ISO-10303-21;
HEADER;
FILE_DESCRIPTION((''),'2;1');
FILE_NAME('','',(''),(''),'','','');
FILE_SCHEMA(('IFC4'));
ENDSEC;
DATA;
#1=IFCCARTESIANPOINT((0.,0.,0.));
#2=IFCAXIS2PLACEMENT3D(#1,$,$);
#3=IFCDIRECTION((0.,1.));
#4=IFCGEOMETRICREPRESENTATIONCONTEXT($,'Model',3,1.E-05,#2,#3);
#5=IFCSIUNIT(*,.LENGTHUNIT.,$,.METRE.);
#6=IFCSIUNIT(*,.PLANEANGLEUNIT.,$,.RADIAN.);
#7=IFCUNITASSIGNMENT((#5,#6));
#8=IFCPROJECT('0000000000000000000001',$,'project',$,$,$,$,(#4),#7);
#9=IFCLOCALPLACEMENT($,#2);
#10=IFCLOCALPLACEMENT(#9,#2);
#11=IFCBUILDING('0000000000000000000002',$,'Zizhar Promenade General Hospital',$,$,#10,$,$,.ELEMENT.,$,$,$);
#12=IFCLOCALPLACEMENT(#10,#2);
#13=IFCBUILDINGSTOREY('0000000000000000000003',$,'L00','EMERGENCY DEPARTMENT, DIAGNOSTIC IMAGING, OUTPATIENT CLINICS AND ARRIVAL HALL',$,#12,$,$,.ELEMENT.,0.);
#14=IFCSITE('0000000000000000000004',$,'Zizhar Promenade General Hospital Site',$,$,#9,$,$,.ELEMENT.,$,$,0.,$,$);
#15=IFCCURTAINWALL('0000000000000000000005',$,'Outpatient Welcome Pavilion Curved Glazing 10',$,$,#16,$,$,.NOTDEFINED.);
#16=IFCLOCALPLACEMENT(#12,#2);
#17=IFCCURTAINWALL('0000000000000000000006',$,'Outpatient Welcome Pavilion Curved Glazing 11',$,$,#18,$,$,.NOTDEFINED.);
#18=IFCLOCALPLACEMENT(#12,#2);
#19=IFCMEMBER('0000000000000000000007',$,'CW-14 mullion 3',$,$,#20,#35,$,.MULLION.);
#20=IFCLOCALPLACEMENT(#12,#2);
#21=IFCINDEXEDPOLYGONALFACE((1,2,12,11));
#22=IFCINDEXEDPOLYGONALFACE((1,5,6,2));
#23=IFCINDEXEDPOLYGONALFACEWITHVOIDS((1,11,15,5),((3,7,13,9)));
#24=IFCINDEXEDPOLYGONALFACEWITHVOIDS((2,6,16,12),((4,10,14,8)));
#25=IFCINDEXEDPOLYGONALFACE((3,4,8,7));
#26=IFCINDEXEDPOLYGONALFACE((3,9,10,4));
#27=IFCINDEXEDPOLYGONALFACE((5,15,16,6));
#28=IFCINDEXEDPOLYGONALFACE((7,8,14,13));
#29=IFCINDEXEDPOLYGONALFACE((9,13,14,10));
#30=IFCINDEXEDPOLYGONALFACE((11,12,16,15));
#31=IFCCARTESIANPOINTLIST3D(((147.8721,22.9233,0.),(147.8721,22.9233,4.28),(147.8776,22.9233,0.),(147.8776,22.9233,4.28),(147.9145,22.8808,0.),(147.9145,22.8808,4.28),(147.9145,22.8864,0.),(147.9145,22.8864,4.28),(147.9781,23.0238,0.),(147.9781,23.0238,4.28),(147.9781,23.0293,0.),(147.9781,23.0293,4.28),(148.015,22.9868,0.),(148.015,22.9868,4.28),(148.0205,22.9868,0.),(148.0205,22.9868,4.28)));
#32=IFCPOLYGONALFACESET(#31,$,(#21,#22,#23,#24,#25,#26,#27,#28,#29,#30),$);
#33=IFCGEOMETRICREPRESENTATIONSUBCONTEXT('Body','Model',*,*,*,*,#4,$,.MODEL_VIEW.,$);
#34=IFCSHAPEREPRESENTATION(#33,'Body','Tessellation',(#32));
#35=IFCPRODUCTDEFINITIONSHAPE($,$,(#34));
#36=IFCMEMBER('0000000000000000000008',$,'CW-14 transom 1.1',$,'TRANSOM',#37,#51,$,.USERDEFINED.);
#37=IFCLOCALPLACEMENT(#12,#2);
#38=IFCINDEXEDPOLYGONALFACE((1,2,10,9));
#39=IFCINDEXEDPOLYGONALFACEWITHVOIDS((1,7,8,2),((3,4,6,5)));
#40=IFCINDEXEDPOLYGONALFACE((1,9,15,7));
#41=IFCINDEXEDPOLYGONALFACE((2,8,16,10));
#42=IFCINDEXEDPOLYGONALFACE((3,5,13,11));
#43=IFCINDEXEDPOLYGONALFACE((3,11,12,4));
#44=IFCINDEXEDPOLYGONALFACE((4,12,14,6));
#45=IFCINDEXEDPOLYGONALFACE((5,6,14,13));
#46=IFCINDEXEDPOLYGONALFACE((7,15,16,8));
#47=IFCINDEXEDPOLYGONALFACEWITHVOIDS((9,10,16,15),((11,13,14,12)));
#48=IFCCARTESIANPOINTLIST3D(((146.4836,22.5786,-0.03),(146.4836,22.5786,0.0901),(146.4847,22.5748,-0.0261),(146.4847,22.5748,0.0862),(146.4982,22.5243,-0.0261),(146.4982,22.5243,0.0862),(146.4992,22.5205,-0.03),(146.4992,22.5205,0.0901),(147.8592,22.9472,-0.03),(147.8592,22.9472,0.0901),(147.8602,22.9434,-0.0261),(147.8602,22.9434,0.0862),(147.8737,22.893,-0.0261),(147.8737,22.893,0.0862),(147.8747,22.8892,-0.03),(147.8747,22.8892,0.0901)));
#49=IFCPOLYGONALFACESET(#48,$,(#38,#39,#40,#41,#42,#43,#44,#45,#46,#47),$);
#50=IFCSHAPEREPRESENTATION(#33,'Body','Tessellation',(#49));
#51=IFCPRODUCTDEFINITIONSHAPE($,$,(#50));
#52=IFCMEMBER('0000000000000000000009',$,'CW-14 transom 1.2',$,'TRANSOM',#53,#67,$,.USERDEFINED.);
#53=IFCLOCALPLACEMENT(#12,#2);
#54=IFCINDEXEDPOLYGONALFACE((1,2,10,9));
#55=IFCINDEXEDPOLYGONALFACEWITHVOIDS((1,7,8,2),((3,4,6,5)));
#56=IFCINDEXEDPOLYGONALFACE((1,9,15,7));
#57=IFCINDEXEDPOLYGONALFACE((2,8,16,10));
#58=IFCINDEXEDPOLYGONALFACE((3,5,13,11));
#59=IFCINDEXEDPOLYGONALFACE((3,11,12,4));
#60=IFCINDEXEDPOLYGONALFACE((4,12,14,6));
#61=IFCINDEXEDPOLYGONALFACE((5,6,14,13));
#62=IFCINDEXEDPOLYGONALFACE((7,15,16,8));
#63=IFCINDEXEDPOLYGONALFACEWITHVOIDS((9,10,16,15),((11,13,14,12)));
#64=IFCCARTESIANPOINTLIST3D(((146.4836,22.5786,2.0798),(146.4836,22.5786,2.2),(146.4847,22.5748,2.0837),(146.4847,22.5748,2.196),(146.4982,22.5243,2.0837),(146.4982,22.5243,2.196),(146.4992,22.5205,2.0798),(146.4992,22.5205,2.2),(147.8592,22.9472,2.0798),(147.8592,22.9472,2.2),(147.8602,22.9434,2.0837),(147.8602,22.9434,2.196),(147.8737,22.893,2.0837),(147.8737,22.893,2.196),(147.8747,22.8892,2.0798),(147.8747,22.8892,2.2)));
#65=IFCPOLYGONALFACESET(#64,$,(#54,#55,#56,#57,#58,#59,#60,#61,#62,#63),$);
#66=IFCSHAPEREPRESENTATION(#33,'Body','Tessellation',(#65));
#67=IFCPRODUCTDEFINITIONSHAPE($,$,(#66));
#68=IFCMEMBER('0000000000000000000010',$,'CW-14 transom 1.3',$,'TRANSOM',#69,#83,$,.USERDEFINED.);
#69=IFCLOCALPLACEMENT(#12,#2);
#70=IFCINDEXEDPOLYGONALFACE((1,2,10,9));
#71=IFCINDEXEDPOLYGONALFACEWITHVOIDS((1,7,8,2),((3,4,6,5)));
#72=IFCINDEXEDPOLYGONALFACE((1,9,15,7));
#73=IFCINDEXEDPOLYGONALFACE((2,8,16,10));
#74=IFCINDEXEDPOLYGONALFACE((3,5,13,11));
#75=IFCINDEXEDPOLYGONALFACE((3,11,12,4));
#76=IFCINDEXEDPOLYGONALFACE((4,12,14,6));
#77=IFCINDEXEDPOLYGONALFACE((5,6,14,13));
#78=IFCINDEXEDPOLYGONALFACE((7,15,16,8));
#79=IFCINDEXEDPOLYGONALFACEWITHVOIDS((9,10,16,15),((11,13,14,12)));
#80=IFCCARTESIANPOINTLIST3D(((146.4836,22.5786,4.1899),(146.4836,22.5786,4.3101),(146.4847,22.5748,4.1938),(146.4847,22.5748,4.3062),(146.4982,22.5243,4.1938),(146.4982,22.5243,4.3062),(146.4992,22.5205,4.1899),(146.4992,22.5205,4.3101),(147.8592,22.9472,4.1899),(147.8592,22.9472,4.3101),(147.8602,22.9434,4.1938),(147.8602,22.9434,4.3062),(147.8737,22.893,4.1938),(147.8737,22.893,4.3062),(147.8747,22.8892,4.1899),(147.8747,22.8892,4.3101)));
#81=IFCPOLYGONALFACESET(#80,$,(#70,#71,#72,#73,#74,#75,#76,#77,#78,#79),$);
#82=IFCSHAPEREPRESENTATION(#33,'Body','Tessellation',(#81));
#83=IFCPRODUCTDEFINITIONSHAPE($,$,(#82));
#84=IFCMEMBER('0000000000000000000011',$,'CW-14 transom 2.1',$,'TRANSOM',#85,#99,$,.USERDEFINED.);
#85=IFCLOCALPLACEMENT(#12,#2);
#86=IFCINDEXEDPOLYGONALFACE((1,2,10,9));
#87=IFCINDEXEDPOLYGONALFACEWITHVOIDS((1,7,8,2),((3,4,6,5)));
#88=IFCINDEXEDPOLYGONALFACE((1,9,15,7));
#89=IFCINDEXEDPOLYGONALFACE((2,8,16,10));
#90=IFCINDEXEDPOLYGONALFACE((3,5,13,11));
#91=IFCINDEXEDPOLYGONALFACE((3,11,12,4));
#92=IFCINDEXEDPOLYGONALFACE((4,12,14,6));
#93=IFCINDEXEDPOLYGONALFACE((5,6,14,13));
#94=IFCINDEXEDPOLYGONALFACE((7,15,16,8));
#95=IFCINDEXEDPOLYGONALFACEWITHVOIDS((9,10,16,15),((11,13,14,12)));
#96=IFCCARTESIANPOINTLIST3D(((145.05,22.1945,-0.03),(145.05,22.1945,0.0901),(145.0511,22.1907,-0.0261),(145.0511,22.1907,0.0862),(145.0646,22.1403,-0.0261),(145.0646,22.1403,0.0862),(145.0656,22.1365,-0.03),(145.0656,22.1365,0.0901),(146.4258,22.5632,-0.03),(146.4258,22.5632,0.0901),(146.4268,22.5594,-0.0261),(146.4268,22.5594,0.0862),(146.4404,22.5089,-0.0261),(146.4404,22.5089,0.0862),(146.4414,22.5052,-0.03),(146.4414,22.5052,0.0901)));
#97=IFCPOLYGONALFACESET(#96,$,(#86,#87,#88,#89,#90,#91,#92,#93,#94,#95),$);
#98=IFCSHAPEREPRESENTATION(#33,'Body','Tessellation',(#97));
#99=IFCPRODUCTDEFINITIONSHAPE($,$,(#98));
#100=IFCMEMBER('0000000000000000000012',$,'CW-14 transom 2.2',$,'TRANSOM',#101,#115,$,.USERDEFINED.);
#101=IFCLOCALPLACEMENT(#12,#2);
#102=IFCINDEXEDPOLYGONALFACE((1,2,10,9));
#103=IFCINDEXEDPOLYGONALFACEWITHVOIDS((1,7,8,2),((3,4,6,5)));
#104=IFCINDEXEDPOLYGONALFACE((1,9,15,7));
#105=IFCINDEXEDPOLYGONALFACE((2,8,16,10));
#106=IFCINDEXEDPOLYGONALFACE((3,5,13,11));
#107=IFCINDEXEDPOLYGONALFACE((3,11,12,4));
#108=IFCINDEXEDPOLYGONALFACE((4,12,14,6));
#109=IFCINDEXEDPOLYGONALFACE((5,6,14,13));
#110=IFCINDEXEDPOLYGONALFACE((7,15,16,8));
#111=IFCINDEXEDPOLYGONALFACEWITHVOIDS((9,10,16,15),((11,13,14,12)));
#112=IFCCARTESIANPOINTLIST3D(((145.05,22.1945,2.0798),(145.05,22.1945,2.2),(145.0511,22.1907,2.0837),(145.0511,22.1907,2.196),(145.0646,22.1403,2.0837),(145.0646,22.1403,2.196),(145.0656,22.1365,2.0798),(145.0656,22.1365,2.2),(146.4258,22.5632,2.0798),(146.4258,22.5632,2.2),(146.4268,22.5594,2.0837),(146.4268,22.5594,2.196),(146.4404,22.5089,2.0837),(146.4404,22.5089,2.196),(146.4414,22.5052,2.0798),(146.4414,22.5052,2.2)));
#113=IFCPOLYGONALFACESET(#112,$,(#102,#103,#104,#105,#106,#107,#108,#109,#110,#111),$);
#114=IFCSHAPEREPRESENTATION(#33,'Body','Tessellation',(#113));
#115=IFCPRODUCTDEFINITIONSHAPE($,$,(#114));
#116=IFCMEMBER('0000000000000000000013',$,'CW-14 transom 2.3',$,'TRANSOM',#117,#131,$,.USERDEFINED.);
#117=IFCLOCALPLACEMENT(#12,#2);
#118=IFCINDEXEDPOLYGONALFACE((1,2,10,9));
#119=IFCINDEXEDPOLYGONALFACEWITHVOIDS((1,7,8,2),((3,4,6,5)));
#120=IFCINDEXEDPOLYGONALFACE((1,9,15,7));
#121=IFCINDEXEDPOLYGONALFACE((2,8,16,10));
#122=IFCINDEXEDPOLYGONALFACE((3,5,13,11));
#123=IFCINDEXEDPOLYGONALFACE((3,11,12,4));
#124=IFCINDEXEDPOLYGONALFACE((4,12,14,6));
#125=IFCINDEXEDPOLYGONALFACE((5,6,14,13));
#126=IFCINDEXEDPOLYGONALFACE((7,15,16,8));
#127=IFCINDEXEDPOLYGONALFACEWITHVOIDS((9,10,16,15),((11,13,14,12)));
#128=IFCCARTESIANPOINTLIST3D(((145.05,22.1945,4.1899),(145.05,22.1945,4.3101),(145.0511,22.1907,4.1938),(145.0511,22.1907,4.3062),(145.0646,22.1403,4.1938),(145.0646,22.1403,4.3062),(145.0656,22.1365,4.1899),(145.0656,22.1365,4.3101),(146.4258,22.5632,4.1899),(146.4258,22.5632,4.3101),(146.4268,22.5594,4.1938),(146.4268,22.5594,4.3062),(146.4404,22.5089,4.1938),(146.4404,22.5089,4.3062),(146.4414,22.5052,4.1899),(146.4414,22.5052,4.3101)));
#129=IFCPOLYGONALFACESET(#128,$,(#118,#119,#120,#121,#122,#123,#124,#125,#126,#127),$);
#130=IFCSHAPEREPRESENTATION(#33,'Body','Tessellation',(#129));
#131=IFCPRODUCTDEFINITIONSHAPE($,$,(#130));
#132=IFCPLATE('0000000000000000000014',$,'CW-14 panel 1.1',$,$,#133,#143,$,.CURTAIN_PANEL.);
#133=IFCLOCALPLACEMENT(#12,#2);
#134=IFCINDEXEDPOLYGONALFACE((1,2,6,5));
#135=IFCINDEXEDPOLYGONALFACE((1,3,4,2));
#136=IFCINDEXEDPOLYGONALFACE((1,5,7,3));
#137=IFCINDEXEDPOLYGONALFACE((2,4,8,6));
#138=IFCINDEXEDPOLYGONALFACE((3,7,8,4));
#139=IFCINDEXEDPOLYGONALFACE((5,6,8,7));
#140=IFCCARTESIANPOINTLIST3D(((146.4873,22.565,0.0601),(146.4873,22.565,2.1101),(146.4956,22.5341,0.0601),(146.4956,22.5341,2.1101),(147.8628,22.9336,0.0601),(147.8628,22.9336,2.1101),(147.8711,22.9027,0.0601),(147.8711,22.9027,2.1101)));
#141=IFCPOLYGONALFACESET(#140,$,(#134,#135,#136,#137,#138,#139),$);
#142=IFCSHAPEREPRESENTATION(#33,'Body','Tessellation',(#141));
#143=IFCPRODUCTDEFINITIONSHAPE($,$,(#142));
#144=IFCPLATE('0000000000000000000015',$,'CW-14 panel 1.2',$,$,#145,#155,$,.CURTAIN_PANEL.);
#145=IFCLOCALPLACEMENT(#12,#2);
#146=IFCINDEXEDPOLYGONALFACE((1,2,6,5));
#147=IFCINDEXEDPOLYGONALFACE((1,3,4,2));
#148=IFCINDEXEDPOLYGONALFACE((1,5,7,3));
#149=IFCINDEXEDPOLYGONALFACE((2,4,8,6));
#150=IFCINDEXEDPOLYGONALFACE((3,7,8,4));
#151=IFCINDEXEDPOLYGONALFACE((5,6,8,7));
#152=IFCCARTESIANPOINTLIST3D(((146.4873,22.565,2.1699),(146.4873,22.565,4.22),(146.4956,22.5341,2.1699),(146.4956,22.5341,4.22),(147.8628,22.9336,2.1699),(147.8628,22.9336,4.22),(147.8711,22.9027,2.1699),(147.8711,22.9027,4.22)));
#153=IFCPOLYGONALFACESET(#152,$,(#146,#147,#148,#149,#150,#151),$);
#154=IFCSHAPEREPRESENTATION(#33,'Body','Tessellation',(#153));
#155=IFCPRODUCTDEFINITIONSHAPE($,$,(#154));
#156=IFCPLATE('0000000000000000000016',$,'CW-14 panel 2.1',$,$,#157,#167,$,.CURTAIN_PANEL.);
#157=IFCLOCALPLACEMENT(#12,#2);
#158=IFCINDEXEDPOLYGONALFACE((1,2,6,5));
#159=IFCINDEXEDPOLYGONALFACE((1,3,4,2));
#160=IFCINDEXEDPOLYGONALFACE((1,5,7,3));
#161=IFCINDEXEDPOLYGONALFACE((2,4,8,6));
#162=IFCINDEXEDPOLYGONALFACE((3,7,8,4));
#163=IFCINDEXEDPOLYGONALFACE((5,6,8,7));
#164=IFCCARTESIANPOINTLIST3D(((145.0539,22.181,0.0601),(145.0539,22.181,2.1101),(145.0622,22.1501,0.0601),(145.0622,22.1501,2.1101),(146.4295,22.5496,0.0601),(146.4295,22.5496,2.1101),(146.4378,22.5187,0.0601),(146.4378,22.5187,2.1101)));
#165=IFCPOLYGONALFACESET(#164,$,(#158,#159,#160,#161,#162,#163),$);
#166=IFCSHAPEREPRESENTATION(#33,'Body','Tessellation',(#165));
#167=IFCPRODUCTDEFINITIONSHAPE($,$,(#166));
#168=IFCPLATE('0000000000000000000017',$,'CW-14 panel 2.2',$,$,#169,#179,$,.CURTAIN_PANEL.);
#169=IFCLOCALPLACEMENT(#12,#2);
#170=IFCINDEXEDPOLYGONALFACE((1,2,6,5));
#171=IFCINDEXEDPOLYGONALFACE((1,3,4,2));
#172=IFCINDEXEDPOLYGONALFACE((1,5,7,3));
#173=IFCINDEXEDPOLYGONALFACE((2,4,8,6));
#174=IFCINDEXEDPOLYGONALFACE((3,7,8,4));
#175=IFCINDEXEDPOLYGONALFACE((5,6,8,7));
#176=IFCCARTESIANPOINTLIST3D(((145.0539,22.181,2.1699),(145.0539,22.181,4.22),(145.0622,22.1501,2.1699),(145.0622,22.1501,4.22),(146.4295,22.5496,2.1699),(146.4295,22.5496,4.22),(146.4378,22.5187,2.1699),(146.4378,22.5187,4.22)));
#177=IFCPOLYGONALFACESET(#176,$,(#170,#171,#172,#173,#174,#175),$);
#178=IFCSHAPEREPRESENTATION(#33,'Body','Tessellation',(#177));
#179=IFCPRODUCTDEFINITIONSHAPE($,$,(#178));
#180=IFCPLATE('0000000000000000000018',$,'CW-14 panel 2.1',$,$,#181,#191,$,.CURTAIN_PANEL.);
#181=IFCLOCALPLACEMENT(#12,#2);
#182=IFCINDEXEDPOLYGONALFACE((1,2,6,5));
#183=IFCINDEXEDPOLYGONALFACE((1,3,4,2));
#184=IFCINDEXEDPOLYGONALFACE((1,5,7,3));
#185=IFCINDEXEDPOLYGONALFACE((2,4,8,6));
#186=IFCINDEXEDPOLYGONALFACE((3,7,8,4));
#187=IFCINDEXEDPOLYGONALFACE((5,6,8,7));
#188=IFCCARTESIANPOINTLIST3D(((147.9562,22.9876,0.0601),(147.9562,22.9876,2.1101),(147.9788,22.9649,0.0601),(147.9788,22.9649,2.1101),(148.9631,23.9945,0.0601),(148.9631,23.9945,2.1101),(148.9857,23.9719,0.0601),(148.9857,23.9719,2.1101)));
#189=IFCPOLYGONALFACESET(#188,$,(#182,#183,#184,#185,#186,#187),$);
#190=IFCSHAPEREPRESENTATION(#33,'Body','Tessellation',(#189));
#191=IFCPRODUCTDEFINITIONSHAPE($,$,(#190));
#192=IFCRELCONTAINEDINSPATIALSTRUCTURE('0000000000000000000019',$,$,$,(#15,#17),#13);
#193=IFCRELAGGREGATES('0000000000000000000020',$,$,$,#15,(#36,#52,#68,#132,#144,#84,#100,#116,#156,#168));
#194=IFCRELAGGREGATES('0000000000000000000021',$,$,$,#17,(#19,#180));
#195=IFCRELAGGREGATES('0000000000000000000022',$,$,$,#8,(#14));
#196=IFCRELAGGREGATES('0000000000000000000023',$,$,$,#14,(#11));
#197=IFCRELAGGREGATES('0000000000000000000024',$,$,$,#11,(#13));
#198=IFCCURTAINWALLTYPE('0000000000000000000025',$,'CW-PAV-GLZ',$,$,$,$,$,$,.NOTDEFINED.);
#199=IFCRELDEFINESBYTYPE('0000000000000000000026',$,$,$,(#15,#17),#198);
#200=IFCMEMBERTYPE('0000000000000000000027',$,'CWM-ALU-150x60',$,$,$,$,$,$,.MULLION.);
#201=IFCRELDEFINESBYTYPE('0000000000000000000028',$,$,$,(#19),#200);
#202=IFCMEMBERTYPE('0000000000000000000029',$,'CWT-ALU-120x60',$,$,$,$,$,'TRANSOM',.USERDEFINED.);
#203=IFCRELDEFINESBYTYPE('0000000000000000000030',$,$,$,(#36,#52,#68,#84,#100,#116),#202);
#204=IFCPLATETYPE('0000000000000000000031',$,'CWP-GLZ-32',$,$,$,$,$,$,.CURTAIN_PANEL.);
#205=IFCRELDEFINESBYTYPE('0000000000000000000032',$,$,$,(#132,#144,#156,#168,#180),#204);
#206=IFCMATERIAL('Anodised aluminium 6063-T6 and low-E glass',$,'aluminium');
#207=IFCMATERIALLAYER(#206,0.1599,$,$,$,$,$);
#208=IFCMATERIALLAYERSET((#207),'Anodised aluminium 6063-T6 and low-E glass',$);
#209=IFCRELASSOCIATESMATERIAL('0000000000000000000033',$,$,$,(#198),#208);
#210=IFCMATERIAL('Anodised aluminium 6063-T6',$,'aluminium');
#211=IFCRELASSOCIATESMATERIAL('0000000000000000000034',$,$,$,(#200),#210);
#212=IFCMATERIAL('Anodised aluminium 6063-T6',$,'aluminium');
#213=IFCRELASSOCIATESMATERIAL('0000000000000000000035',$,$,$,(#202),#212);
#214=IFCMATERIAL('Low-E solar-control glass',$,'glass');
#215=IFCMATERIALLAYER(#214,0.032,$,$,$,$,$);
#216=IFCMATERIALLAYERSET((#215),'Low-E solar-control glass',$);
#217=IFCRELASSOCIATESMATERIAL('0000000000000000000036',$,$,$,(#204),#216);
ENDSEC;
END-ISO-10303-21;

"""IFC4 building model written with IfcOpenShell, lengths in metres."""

from ifc_helpers import new_model, si_unit, direction, frame, origin, origin_2d, place, context, subcontext, project, spatial, rectangle, hollow_rectangle, extrude, material, layer, layer_set, material_profile, profile_set, type_object, element, aggregate, save


model = new_model("IFC4")

# Units and contexts
model_context = context("Model", 3, precision=1e-05, world=origin(), true_north=direction((0.0, 1.0)))
body_context = subcontext(model_context, "Body", "Model", "MODEL_VIEW")
ifc_project = project(units=[si_unit("LENGTHUNIT", "METRE"), si_unit("PLANEANGLEUNIT", "RADIAN")], contexts=[model_context])

# Site, building, storey
site_placement = place(None, origin())
site = spatial("IfcSite", under=ifc_project, at=site_placement, Name="Zizhar Promenade General Hospital Site", CompositionType="ELEMENT", RefElevation=0.0)
building_placement = place(site_placement, origin())
building = spatial("IfcBuilding", under=site, at=building_placement, Name="Zizhar Promenade General Hospital", CompositionType="ELEMENT")
storey_placement = place(building_placement, origin())
storey = spatial("IfcBuildingStorey", under=building, at=storey_placement, Name="L00", Description="EMERGENCY DEPARTMENT, DIAGNOSTIC IMAGING, OUTPATIENT CLINICS AND ARRIVAL HALL", CompositionType="ELEMENT", Elevation=0.0)

# Curtain wall
ifc_material_1 = material(Name="Anodised aluminium 6063-T6 and low-E glass", Category="aluminium")
ifc_layer_1 = layer(ifc_material_1, 0.1599)
ifc_layer_set_1 = layer_set([ifc_layer_1], Name="Anodised aluminium 6063-T6 and low-E glass")
curtain_wall_type = type_object("IfcCurtainWallType", Name="CW-PAV-GLZ", PredefinedType="NOTDEFINED", material=ifc_layer_set_1)
curtain_wall_1_placement = place(storey_placement, origin())
curtain_wall_1 = element("IfcCurtainWall", 1, at=curtain_wall_1_placement, inside=storey, type_object=curtain_wall_type, Name="Outpatient Welcome Pavilion Curved Glazing 10", PredefinedType="NOTDEFINED")
ifc_material_2 = material(Name="Anodised aluminium 6063-T6", Category="aluminium")
ifc_material_profile_1 = material_profile(ifc_material_2, hollow_rectangle(XDim=0.0601, YDim=0.1499, WallThickness=0.0039, at=origin_2d()))
ifc_profile_set_1 = profile_set([ifc_material_profile_1], Name="Anodised aluminium 6063-T6")
member_type_1 = type_object("IfcMemberType", Name="CWM-ALU-150x60", PredefinedType="MULLION", material=ifc_profile_set_1)

# Curtain wall, member
curtain_wall_2_placement = place(storey_placement, origin())
curtain_wall_2 = element("IfcCurtainWall", 2, at=curtain_wall_2_placement, inside=storey, type_object=curtain_wall_type, Name="Outpatient Welcome Pavilion Curved Glazing 11", PredefinedType="NOTDEFINED")
member_1_placement = place(storey_placement, frame((147.9463, 22.9551, 0.0), z_axis=(0.0, 0.0, 1.0), x_axis=(0.707107, -0.707107, 0.0)))
member_1 = element("IfcMember", 3, at=member_1_placement, type_object=member_type_1, Name="CW-14 mullion 3", PredefinedType="MULLION", context=body_context, shape_type="SweptSolid", body=[
    extrude(hollow_rectangle(XDim=0.0601, YDim=0.1499, WallThickness=0.0039, at=origin_2d()), origin(), (0.0, 0.0, 1.0), 4.28),
])

# Members
ifc_material_3 = material(Name="Anodised aluminium 6063-T6", Category="aluminium")
ifc_material_profile_2 = material_profile(ifc_material_3, hollow_rectangle(XDim=0.0601, YDim=0.1201, WallThickness=0.0039, at=origin_2d()))
ifc_profile_set_2 = profile_set([ifc_material_profile_2], Name="Anodised aluminium 6063-T6")
member_type_2 = type_object("IfcMemberType", Name="CWT-ALU-120x60", ElementType="TRANSOM", PredefinedType="USERDEFINED", material=ifc_profile_set_2)
member_2_placement = place(storey_placement, frame((147.8669, 22.9182, 0.03), z_axis=(-0.96591, -0.258879, 0.0), x_axis=(0.258879, -0.96591, 0.0)))
member_2 = element("IfcMember", 4, at=member_2_placement, type_object=member_type_2, Name="CW-14 transom 1.1", ObjectType="TRANSOM", PredefinedType="USERDEFINED", context=body_context, shape_type="SweptSolid", body=[
    extrude(hollow_rectangle(XDim=0.0601, YDim=0.1201, WallThickness=0.0039, at=origin_2d()), origin(), (0.0, 0.0, 1.0), 1.4241),
])
member_3_placement = place(storey_placement, frame((147.8669, 22.9182, 2.1399), z_axis=(-0.96591, -0.258879, 0.0), x_axis=(0.258879, -0.96591, 0.0)))
member_3 = element("IfcMember", 5, at=member_3_placement, type_object=member_type_2, Name="CW-14 transom 1.2", ObjectType="TRANSOM", PredefinedType="USERDEFINED", context=body_context, shape_type="SweptSolid", body=[
    extrude(hollow_rectangle(XDim=0.0601, YDim=0.1201, WallThickness=0.0039, at=origin_2d()), origin(), (0.0, 0.0, 1.0), 1.4241),
])
member_4_placement = place(storey_placement, frame((147.8669, 22.9182, 4.25), z_axis=(-0.96591, -0.258879, 0.0), x_axis=(0.258879, -0.96591, 0.0)))
member_4 = element("IfcMember", 6, at=member_4_placement, type_object=member_type_2, Name="CW-14 transom 1.3", ObjectType="TRANSOM", PredefinedType="USERDEFINED", context=body_context, shape_type="SweptSolid", body=[
    extrude(hollow_rectangle(XDim=0.0601, YDim=0.1201, WallThickness=0.0039, at=origin_2d()), origin(), (0.0, 0.0, 1.0), 1.4241),
])
member_5_placement = place(storey_placement, frame((146.4336, 22.5342, 0.03), z_axis=(-0.965921, -0.258836, 0.0), x_axis=(0.258836, -0.965921, 0.0)))
member_5 = element("IfcMember", 7, at=member_5_placement, type_object=member_type_2, Name="CW-14 transom 2.1", ObjectType="TRANSOM", PredefinedType="USERDEFINED", context=body_context, shape_type="SweptSolid", body=[
    extrude(hollow_rectangle(XDim=0.0601, YDim=0.1201, WallThickness=0.0039, at=origin_2d()), origin(), (0.0, 0.0, 1.0), 1.4243),
])
member_6_placement = place(storey_placement, frame((146.4336, 22.5342, 2.1399), z_axis=(-0.965921, -0.258836, 0.0), x_axis=(0.258836, -0.965921, 0.0)))
member_6 = element("IfcMember", 8, at=member_6_placement, type_object=member_type_2, Name="CW-14 transom 2.2", ObjectType="TRANSOM", PredefinedType="USERDEFINED", context=body_context, shape_type="SweptSolid", body=[
    extrude(hollow_rectangle(XDim=0.0601, YDim=0.1201, WallThickness=0.0039, at=origin_2d()), origin(), (0.0, 0.0, 1.0), 1.4243),
])
member_7_placement = place(storey_placement, frame((146.4336, 22.5342, 4.25), z_axis=(-0.965921, -0.258836, 0.0), x_axis=(0.258836, -0.965921, 0.0)))
member_7 = element("IfcMember", 9, at=member_7_placement, type_object=member_type_2, Name="CW-14 transom 2.3", ObjectType="TRANSOM", PredefinedType="USERDEFINED", context=body_context, shape_type="SweptSolid", body=[
    extrude(hollow_rectangle(XDim=0.0601, YDim=0.1201, WallThickness=0.0039, at=origin_2d()), origin(), (0.0, 0.0, 1.0), 1.4243),
])

# Plates
ifc_material_4 = material(Name="Low-E solar-control glass", Category="glass")
ifc_layer_2 = layer(ifc_material_4, 0.032)
ifc_layer_set_2 = layer_set([ifc_layer_2], Name="Low-E solar-control glass")
plate_type = type_object("IfcPlateType", Name="CWP-GLZ-32", PredefinedType="CURTAIN_PANEL", material=ifc_layer_set_2)
plate_1_placement = place(storey_placement, frame((147.1792, 22.7339, 0.0601), z_axis=(0.0, 0.0, 1.0), x_axis=(-0.965922, -0.258834, 0.0)))
plate_1 = element("IfcPlate", 10, at=plate_1_placement, type_object=plate_type, Name="CW-14 panel 1.1", PredefinedType="CURTAIN_PANEL", context=body_context, shape_type="SweptSolid", body=[
    extrude(rectangle(XDim=1.4241, YDim=0.032, at=origin_2d()), origin(), (0.0, 0.0, 1.0), 2.05),
])
plate_2_placement = place(storey_placement, frame((147.1792, 22.7339, 2.1699), z_axis=(0.0, 0.0, 1.0), x_axis=(-0.965922, -0.258834, 0.0)))
plate_2 = element("IfcPlate", 11, at=plate_2_placement, type_object=plate_type, Name="CW-14 panel 1.2", PredefinedType="CURTAIN_PANEL", context=body_context, shape_type="SweptSolid", body=[
    extrude(rectangle(XDim=1.4241, YDim=0.032, at=origin_2d()), origin(), (0.0, 0.0, 1.0), 2.05),
])
plate_3_placement = place(storey_placement, frame((145.7458, 22.3499, 0.0601), z_axis=(0.0, 0.0, 1.0), x_axis=(-0.965922, -0.258834, 0.0)))
plate_3 = element("IfcPlate", 12, at=plate_3_placement, type_object=plate_type, Name="CW-14 panel 2.1", PredefinedType="CURTAIN_PANEL", context=body_context, shape_type="SweptSolid", body=[
    extrude(rectangle(XDim=1.4241, YDim=0.032, at=origin_2d()), origin(), (0.0, 0.0, 1.0), 2.05),
])
plate_4_placement = place(storey_placement, frame((145.7458, 22.3499, 2.1699), z_axis=(0.0, 0.0, 1.0), x_axis=(-0.965922, -0.258834, 0.0)))
plate_4 = element("IfcPlate", 13, at=plate_4_placement, type_object=plate_type, Name="CW-14 panel 2.2", PredefinedType="CURTAIN_PANEL", context=body_context, shape_type="SweptSolid", body=[
    extrude(rectangle(XDim=1.4241, YDim=0.032, at=origin_2d()), origin(), (0.0, 0.0, 1.0), 2.05),
])
aggregate(curtain_wall_1, [member_2, member_3, member_4, plate_1, plate_2, member_5, member_6, member_7, plate_3, plate_4])
plate_5_placement = place(storey_placement, frame((148.4709, 23.4797, 0.0601), z_axis=(0.0, 0.0, 1.0), x_axis=(-0.707107, -0.707107, 0.0)))
plate_5 = element("IfcPlate", 14, at=plate_5_placement, type_object=plate_type, Name="CW-14 panel 2.1", PredefinedType="CURTAIN_PANEL", context=body_context, shape_type="SweptSolid", body=[
    extrude(rectangle(XDim=1.4241, YDim=0.032, at=origin_2d()), origin(), (0.0, 0.0, 1.0), 2.05),
])
aggregate(curtain_wall_2, [member_1, plate_5])

save(model, "model.ifc")
